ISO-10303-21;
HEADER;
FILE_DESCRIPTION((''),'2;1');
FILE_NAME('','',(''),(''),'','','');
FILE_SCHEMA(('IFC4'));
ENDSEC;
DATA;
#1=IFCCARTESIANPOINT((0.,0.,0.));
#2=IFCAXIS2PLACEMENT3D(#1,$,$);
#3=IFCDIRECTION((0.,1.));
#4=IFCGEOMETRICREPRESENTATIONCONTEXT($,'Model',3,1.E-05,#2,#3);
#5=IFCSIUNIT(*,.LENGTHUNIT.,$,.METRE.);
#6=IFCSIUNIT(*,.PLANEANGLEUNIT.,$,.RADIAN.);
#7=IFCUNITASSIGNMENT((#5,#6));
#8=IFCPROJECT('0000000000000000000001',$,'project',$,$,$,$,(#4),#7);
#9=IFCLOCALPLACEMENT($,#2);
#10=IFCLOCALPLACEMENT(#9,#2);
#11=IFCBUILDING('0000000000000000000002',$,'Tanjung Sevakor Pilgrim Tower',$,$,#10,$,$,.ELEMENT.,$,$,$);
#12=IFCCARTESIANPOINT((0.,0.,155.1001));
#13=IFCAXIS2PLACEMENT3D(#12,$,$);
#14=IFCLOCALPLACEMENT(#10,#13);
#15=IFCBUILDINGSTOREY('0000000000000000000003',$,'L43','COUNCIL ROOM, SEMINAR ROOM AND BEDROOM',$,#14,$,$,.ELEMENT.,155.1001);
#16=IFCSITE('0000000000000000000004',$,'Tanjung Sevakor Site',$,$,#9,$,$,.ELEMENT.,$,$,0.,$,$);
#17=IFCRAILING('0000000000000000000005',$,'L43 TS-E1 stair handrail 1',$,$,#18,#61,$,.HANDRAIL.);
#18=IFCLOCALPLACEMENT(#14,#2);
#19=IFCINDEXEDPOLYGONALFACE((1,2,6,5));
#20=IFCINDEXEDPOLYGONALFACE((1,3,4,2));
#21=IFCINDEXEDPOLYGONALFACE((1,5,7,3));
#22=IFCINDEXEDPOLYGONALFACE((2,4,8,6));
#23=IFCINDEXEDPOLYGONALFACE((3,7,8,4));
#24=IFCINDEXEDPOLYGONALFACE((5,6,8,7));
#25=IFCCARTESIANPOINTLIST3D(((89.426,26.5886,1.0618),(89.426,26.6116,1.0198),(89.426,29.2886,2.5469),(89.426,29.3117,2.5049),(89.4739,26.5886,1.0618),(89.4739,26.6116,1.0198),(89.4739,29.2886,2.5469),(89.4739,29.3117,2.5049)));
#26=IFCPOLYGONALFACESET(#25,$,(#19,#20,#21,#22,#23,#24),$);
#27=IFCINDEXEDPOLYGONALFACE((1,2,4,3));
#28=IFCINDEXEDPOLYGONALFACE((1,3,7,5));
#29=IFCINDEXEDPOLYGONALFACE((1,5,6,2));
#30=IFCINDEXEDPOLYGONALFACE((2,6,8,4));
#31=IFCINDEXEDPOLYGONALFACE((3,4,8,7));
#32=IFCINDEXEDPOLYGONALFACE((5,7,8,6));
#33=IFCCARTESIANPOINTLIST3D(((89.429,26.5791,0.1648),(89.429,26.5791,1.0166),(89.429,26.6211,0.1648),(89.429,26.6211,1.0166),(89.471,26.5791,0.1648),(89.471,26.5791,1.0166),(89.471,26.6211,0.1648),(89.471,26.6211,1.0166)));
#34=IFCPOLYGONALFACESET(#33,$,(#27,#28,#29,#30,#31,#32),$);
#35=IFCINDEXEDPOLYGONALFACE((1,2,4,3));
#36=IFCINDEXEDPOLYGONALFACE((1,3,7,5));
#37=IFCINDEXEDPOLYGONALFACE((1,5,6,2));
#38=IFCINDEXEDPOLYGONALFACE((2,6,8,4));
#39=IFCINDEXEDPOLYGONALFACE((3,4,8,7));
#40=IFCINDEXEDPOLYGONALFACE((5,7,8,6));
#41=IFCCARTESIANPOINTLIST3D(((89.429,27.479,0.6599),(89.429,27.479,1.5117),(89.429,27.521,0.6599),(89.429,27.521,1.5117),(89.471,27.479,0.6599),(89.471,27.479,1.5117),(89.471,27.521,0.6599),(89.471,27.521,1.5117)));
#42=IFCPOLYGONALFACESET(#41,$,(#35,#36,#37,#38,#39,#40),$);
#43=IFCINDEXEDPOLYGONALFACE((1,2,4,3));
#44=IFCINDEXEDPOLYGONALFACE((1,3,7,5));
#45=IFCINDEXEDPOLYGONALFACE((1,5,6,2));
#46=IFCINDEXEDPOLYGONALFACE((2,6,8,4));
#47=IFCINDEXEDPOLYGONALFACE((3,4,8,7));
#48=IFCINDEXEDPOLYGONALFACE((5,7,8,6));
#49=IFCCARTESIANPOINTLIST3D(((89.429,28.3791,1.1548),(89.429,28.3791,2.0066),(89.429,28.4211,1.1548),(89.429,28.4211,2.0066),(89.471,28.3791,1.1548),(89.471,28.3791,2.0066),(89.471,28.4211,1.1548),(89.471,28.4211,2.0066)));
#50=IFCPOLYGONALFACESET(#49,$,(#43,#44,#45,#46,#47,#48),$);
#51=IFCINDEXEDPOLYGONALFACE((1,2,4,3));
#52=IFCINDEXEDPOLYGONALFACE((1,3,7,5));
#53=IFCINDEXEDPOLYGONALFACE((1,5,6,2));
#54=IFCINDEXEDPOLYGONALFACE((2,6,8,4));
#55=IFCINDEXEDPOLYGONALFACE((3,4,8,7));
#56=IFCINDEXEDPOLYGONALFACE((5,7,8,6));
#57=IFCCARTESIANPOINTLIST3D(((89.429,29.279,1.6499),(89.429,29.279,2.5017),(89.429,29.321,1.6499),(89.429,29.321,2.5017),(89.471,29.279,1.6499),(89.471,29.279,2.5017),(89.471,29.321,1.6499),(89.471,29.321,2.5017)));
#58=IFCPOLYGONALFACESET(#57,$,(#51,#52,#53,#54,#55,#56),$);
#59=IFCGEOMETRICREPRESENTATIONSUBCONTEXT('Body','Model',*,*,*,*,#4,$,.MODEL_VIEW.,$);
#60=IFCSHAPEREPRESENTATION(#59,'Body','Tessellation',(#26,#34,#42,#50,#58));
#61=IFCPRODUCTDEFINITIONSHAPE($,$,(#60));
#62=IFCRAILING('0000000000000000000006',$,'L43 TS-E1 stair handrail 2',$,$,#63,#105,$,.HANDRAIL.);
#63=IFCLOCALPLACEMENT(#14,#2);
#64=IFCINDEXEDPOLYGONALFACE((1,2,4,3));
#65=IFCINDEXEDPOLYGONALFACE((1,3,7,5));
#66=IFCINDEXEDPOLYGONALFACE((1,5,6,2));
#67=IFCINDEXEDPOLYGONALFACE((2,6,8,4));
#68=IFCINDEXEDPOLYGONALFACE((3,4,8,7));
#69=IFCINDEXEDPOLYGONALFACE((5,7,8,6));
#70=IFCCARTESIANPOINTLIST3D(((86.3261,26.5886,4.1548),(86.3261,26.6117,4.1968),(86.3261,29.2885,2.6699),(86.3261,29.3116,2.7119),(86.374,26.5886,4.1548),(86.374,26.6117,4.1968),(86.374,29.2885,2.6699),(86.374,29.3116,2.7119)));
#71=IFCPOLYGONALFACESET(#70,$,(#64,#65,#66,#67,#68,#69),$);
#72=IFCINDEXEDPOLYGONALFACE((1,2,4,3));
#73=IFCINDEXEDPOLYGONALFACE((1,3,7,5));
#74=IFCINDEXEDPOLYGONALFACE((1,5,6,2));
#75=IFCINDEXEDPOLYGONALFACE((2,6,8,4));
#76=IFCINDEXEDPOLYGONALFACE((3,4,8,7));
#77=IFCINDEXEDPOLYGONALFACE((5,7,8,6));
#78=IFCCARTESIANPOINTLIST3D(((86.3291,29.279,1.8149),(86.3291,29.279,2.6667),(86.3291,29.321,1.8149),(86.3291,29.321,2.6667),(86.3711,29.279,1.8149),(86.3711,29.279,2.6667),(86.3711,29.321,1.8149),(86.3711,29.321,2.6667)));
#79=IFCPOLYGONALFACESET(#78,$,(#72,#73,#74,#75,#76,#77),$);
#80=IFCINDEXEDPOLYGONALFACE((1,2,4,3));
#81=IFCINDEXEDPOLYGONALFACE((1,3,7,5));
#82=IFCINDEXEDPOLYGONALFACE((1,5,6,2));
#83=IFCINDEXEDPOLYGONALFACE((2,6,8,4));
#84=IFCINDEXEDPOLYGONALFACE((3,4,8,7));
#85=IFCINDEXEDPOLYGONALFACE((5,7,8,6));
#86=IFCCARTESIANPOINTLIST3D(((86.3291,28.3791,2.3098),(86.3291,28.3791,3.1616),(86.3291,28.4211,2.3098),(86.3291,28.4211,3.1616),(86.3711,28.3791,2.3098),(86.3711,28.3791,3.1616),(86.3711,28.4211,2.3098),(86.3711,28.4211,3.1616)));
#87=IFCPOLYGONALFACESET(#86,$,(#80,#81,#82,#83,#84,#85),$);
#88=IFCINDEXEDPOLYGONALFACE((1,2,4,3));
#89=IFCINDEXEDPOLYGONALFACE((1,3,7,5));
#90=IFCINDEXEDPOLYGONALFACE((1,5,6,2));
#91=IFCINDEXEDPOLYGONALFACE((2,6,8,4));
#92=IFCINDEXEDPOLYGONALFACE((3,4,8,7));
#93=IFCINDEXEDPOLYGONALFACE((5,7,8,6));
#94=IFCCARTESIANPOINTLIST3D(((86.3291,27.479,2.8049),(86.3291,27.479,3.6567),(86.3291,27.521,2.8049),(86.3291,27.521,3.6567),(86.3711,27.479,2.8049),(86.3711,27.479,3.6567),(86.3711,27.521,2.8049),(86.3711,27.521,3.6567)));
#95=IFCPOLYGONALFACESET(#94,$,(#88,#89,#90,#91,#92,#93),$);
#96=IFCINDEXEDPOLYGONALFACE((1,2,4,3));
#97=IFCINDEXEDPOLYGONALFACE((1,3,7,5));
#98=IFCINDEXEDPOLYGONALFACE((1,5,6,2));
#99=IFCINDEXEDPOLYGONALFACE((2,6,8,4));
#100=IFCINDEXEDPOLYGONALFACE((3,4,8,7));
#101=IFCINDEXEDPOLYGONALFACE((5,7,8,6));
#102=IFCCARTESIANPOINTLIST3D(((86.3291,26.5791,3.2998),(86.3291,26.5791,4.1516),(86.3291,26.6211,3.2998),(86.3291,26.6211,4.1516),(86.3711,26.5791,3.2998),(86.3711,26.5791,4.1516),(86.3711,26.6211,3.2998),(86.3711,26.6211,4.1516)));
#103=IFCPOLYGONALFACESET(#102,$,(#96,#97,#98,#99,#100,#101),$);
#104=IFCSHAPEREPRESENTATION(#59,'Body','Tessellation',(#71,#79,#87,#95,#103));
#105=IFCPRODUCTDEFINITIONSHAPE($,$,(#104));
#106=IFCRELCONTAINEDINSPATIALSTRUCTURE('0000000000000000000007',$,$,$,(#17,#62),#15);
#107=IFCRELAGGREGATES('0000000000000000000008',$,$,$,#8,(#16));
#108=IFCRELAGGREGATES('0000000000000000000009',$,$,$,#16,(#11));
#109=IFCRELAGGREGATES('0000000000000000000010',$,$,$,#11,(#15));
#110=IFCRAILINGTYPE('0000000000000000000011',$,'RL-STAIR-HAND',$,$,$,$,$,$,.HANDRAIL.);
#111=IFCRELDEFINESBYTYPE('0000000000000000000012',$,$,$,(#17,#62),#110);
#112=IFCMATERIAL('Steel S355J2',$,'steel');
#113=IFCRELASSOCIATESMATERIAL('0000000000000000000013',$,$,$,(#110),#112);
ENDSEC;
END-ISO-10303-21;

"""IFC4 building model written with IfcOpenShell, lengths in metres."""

from ifc_helpers import new_model, si_unit, direction, frame, origin, place, context, subcontext, project, spatial, rectangle, extrude, material, type_object, element, save


model = new_model("IFC4")

# Units and contexts
model_context = context("Model", 3, precision=1e-05, world=origin(), true_north=direction((0.0, 1.0)))
body_context = subcontext(model_context, "Body", "Model", "MODEL_VIEW")
ifc_project = project(units=[si_unit("LENGTHUNIT", "METRE"), si_unit("PLANEANGLEUNIT", "RADIAN")], contexts=[model_context])

# Site, building, storey
site_placement = place(None, origin())
site = spatial("IfcSite", under=ifc_project, at=site_placement, Name="Tanjung Sevakor Site", CompositionType="ELEMENT", RefElevation=0.0)
building_placement = place(site_placement, origin())
building = spatial("IfcBuilding", under=site, at=building_placement, Name="Tanjung Sevakor Pilgrim Tower", CompositionType="ELEMENT")
storey_placement = place(building_placement, frame((0.0, 0.0, 155.1001)))
storey = spatial("IfcBuildingStorey", under=building, at=storey_placement, Name="L43", Description="COUNCIL ROOM, SEMINAR ROOM AND BEDROOM", CompositionType="ELEMENT", Elevation=155.1001)

# Railings
ifc_material_1 = material(Name="Steel S355J2", Category="steel")
railing_type_1 = type_object("IfcRailingType", Name="RL-STAIR-HAND", PredefinedType="HANDRAIL", material=ifc_material_1)
railing_1_placement = place(storey_placement, frame((89.45, 26.6001, 0.1648)))
element("IfcRailing", 1, at=railing_1_placement, inside=storey, type_object=railing_type_1, Name="L43 TS-E1 stair handrail 1", PredefinedType="HANDRAIL", context=body_context, shape_type="SweptSolid", body=[
    extrude(rectangle(XDim=0.0479, YDim=0.0479), frame((0.0, 0.0, 0.876), z_axis=(0.0, 0.876198, 0.481952), x_axis=(-1.0, 0.0, 0.0)), (0.0, 0.0, 1.0), 3.0815),
    extrude(rectangle(XDim=0.042, YDim=0.042), origin(), (0.0, 0.0, 1.0), 0.8518),
    extrude(rectangle(XDim=0.042, YDim=0.042), frame((0.0, 0.8999, 0.4951)), (0.0, 0.0, 1.0), 0.8518),
    extrude(rectangle(XDim=0.042, YDim=0.042), frame((0.0, 1.8, 0.99)), (0.0, 0.0, 1.0), 0.8518),
    extrude(rectangle(XDim=0.042, YDim=0.042), frame((0.0, 2.7, 1.4851)), (0.0, 0.0, 1.0), 0.8518),
])
railing_2_placement = place(storey_placement, frame((86.3501, 29.3, 1.8149)))
element("IfcRailing", 2, at=railing_2_placement, inside=storey, type_object=railing_type_1, Name="L43 TS-E1 stair handrail 2", PredefinedType="HANDRAIL", context=body_context, shape_type="SweptSolid", body=[
    extrude(rectangle(XDim=0.0479, YDim=0.0479), frame((0.0, 0.0, 0.876), z_axis=(0.0, -0.876231, 0.481891), x_axis=(1.0, 0.0, 0.0)), (0.0, 0.0, 1.0), 3.0813),
    extrude(rectangle(XDim=0.042, YDim=0.042), origin(), (0.0, 0.0, 1.0), 0.8518),
    extrude(rectangle(XDim=0.042, YDim=0.042), frame((0.0, -0.8999, 0.4949)), (0.0, 0.0, 1.0), 0.8518),
    extrude(rectangle(XDim=0.042, YDim=0.042), frame((0.0, -1.8, 0.99)), (0.0, 0.0, 1.0), 0.8518),
    extrude(rectangle(XDim=0.042, YDim=0.042), frame((0.0, -2.7, 1.4849)), (0.0, 0.0, 1.0), 0.8518),
])

save(model, "model.ifc")
